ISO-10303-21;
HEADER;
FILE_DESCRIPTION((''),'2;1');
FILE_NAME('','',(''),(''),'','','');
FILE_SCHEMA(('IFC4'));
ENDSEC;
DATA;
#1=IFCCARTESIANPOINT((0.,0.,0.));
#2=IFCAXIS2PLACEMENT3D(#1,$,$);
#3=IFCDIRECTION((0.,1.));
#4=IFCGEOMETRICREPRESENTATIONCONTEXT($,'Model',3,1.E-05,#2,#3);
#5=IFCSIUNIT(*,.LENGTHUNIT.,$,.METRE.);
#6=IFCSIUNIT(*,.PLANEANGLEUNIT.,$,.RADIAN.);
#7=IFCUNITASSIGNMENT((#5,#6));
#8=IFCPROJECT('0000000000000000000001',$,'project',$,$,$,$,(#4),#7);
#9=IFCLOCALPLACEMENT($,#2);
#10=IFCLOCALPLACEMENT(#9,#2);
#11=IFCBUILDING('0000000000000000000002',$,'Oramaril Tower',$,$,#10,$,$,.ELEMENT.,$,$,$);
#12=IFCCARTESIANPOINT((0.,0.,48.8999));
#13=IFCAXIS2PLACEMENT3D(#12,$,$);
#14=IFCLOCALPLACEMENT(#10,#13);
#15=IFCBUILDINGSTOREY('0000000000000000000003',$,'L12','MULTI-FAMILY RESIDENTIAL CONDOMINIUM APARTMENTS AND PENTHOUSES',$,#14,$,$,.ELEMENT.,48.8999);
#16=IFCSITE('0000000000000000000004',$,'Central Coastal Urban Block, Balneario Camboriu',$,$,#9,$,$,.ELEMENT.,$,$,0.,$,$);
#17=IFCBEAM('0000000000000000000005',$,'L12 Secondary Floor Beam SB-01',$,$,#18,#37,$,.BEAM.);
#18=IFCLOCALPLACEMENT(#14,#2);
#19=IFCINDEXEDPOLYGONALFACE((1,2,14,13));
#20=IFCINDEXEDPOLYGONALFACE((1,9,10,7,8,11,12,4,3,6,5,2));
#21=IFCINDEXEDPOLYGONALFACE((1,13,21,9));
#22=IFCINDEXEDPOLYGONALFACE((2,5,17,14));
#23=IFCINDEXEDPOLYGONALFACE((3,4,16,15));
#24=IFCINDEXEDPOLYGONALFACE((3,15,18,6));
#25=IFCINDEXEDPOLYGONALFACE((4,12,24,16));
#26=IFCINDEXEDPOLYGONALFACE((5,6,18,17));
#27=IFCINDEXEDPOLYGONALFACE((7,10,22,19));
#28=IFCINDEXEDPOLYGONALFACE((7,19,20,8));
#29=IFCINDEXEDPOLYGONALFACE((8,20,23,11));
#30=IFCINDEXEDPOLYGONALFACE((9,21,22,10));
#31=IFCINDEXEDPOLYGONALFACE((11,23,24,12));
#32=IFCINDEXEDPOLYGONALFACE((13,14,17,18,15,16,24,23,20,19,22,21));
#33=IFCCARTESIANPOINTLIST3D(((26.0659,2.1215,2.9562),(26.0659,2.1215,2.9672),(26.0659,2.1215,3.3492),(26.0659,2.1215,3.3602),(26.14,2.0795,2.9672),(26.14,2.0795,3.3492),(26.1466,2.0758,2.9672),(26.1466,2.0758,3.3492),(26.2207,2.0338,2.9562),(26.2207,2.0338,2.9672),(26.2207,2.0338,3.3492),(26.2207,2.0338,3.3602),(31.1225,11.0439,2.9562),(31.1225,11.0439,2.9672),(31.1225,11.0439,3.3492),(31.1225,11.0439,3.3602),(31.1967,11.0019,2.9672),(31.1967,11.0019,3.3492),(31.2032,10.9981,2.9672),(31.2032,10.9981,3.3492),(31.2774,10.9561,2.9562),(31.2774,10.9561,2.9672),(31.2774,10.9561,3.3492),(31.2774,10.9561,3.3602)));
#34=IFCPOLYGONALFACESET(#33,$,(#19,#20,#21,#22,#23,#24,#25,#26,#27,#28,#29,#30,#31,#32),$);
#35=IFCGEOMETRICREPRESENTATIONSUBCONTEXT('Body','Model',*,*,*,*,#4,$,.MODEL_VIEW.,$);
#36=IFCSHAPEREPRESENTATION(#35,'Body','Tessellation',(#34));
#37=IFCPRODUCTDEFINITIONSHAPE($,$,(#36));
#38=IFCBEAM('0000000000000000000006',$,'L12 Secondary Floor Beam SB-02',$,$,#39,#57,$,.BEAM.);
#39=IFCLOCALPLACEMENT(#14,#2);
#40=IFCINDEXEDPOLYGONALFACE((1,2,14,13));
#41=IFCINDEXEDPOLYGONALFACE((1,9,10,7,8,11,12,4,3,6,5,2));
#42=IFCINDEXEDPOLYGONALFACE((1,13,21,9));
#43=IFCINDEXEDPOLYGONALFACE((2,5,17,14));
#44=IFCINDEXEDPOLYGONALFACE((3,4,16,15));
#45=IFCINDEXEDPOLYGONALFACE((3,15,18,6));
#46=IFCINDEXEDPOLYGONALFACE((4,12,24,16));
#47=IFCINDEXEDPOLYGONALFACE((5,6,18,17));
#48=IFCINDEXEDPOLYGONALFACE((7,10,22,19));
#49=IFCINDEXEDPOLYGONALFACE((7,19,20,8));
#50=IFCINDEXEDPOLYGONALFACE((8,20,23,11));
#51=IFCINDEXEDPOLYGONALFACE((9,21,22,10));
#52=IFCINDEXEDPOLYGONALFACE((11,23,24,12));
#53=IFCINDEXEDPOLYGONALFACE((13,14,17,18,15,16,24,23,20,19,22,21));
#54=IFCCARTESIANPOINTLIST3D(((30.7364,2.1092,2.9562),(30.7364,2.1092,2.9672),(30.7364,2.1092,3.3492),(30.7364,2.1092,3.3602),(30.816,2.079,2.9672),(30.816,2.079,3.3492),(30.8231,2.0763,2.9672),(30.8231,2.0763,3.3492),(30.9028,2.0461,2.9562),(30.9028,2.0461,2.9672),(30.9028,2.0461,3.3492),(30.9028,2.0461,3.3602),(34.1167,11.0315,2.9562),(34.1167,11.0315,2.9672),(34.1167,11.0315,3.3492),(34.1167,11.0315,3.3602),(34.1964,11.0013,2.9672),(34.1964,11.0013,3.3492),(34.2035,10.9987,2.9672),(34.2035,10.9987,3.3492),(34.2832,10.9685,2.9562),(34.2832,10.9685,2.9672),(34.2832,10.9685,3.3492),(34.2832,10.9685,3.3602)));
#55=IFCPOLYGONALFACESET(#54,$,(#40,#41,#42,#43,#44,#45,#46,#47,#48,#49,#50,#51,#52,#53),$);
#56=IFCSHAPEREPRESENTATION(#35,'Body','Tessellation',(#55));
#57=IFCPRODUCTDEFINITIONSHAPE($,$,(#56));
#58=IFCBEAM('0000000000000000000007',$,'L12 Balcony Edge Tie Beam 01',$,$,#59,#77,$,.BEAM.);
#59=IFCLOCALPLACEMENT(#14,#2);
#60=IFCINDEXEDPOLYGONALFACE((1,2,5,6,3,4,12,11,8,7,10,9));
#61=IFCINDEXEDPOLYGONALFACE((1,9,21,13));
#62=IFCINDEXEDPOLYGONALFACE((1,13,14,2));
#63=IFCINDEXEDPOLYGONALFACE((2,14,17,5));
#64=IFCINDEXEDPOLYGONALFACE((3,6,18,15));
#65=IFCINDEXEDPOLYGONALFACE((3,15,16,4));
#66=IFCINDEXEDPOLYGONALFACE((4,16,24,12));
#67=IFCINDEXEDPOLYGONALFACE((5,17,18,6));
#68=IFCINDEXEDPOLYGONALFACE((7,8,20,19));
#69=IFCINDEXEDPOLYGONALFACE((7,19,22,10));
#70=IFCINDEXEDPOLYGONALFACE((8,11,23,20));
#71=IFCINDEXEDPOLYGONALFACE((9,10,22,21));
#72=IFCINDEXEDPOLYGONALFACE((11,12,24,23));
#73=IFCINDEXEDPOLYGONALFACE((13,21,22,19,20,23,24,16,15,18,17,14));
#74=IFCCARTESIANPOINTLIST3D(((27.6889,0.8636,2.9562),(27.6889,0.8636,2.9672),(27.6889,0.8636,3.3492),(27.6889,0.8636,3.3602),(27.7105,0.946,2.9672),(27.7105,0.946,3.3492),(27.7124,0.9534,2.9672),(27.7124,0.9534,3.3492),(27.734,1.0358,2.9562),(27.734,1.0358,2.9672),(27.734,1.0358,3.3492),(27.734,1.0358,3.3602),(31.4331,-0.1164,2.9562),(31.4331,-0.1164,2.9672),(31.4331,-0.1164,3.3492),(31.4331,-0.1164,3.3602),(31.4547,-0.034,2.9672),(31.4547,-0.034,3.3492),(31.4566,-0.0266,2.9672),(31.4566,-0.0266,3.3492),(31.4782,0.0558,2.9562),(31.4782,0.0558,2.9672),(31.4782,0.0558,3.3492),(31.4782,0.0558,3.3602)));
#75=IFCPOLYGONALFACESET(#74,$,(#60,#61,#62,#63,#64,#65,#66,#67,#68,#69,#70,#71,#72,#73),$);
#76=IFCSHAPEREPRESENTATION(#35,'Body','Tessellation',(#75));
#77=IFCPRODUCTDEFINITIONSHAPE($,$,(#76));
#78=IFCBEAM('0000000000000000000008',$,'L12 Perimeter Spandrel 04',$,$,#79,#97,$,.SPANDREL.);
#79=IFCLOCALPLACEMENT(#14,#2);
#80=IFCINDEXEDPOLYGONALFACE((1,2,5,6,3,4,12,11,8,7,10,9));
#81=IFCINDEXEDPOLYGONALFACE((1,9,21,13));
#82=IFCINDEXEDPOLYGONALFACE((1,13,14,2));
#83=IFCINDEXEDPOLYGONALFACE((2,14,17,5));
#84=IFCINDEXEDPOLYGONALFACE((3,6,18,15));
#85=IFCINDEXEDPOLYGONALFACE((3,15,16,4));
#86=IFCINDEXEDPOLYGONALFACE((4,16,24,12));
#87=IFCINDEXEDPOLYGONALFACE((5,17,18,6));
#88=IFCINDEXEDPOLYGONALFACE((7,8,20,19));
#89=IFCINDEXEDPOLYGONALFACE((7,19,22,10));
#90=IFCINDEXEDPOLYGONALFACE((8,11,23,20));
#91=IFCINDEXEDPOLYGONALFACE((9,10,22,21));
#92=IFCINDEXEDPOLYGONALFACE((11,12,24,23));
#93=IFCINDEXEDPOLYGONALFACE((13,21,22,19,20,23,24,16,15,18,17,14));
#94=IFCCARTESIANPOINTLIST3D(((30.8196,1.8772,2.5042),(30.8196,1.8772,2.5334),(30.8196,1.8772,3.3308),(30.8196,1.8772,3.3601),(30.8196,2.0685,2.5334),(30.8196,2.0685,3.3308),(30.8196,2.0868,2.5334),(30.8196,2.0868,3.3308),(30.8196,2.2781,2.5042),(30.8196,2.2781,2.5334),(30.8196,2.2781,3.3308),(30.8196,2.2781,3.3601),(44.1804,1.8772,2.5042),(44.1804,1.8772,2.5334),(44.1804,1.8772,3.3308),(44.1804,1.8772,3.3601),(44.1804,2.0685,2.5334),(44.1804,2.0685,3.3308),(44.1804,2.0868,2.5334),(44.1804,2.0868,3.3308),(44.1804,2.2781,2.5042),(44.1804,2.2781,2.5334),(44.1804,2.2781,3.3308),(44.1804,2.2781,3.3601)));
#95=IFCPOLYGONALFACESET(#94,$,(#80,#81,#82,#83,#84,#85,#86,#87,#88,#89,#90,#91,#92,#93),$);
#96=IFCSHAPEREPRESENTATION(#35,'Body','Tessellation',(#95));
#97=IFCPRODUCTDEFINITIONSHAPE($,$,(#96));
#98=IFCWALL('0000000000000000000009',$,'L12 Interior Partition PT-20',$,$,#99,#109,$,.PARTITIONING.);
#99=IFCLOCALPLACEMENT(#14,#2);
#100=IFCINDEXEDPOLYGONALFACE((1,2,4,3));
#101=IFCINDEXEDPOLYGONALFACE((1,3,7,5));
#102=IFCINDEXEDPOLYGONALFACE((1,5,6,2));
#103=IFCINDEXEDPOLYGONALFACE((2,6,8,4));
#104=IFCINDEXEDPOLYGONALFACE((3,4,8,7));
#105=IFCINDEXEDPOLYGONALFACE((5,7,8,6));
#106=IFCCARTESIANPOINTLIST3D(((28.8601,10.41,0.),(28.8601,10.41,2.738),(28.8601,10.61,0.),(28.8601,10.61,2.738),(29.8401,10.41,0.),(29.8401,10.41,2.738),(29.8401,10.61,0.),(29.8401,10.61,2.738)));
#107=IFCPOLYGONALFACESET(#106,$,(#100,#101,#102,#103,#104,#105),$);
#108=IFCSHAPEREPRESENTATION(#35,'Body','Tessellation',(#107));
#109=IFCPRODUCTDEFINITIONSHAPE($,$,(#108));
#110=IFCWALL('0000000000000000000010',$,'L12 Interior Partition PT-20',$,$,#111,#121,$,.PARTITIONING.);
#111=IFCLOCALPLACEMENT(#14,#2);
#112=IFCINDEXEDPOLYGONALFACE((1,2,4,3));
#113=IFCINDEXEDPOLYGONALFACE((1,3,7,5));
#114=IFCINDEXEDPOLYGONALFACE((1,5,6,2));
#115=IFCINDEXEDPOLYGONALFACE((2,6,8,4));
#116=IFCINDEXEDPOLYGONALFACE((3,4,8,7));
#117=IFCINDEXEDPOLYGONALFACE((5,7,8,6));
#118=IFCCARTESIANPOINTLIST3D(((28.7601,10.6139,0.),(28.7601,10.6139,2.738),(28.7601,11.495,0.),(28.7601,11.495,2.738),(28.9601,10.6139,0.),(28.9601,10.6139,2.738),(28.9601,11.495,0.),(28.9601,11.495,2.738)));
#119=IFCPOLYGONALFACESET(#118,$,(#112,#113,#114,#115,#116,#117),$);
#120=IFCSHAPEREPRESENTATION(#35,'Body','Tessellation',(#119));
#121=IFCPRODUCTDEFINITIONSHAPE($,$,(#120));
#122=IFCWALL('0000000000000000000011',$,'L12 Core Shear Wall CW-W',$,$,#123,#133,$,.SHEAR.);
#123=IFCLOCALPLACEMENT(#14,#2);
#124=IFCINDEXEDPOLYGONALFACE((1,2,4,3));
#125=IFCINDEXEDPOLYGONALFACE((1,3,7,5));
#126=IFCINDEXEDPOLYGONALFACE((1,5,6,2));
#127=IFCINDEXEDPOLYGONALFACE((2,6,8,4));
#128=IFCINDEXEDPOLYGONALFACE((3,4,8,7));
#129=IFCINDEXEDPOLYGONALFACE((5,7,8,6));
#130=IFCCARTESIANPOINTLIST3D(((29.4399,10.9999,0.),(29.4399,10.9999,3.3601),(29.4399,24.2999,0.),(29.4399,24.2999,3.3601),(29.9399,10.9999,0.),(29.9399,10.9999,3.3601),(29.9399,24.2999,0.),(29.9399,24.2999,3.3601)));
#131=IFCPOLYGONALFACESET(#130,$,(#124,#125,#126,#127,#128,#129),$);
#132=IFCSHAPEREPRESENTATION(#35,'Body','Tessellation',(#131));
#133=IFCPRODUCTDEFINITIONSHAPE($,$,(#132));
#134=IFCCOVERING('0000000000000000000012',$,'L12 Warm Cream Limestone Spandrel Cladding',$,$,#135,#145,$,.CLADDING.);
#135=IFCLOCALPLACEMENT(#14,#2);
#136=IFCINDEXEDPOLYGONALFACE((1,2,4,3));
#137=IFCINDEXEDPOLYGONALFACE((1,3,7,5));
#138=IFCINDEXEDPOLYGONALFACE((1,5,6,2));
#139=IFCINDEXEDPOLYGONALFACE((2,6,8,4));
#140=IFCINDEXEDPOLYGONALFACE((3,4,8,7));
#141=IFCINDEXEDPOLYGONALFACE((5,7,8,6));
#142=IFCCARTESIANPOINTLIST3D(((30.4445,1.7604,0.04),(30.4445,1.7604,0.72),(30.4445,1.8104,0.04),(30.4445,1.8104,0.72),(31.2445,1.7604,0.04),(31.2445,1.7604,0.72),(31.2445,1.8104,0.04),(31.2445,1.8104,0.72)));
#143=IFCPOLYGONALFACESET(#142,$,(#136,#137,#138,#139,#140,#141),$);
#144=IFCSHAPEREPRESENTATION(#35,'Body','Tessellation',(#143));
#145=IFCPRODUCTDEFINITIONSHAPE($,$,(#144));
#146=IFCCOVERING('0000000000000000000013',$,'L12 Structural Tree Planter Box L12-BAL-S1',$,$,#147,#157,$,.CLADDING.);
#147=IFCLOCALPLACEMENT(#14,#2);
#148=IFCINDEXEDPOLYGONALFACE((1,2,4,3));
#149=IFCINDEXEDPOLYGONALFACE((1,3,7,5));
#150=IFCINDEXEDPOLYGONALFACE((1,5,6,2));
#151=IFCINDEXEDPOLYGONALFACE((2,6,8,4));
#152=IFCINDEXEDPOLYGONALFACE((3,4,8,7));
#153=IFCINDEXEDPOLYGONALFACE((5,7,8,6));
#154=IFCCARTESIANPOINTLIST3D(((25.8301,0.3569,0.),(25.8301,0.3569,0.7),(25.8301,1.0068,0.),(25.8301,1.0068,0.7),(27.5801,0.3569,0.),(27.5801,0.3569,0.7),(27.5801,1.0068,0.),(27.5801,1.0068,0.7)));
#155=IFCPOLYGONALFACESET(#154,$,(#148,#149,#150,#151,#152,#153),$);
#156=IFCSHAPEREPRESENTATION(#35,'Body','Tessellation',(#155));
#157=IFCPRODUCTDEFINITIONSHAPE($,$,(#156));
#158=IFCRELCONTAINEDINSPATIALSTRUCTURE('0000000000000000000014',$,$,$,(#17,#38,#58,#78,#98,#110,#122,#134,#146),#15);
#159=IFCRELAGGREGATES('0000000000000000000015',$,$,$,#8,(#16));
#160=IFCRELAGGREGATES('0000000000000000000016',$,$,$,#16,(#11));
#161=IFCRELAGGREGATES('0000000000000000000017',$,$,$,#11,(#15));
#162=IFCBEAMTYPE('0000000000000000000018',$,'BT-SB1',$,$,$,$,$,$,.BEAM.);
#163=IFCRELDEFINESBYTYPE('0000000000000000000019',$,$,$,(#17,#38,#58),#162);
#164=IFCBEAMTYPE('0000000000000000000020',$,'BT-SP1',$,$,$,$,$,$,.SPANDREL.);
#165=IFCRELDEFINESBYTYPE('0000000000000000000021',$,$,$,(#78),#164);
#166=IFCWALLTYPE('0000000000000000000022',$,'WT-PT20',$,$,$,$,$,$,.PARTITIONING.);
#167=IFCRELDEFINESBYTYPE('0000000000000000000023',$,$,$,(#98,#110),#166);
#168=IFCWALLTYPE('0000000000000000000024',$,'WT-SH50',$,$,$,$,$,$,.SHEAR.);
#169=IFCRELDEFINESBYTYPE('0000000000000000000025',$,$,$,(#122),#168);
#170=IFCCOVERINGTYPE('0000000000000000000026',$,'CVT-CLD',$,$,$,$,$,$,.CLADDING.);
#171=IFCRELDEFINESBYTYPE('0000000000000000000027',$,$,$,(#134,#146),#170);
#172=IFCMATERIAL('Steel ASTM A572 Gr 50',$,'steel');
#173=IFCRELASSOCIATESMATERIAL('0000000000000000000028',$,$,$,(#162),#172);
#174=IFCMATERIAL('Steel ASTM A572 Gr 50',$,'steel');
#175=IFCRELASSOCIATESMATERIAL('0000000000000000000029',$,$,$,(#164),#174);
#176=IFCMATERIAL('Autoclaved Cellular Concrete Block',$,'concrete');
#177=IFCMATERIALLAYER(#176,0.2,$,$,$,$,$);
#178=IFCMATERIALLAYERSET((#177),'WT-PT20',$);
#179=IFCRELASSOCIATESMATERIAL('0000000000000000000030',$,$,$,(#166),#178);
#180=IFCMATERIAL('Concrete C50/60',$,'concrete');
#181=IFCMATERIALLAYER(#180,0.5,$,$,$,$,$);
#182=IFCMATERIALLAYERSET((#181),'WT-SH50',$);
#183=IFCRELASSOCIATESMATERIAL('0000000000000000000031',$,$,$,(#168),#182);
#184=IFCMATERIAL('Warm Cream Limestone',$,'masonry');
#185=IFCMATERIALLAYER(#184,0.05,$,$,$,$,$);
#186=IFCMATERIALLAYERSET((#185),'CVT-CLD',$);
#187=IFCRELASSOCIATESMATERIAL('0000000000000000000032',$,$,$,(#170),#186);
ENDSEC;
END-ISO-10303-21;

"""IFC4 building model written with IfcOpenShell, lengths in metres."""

from ifc_helpers import new_model, si_unit, direction, frame, frame_2d, origin, origin_2d, place, context, subcontext, project, spatial, rectangle, i_section, extrude, material, layer, layer_set, material_profile, profile_set, type_object, element, save


model = new_model("IFC4")

# Units and contexts
model_context = context("Model", 3, precision=1e-05, world=origin(), true_north=direction((0.0, 1.0)))
body_context = subcontext(model_context, "Body", "Model", "MODEL_VIEW")
ifc_project = project(units=[si_unit("LENGTHUNIT", "METRE"), si_unit("PLANEANGLEUNIT", "RADIAN")], contexts=[model_context])

# Site, building, storey
site_placement = place(None, origin())
site = spatial("IfcSite", under=ifc_project, at=site_placement, Name="Central Coastal Urban Block, Balneario Camboriu", CompositionType="ELEMENT", RefElevation=0.0)
building_placement = place(site_placement, origin())
building = spatial("IfcBuilding", under=site, at=building_placement, Name="Oramaril Tower", CompositionType="ELEMENT")
storey_placement = place(building_placement, frame((0.0, 0.0, 48.8999)))
storey = spatial("IfcBuildingStorey", under=building, at=storey_placement, Name="L12", Description="MULTI-FAMILY RESIDENTIAL CONDOMINIUM APARTMENTS AND PENTHOUSES", CompositionType="ELEMENT", Elevation=48.8999)

# Beams
ifc_material_1 = material(Name="Steel ASTM A572 Gr 50", Category="steel")
ifc_material_profile_1 = material_profile(ifc_material_1, i_section(OverallWidth=0.178, OverallDepth=0.4041, WebThickness=0.0076, FlangeThickness=0.011, at=origin_2d()), Name="W16X36")
ifc_profile_set_1 = profile_set([ifc_material_profile_1], Name="Steel ASTM A572 Gr 50")
beam_type_1 = type_object("IfcBeamType", Name="BT-SB1", PredefinedType="BEAM", material=ifc_profile_set_1)
beam_1_placement = place(storey_placement, frame((31.2, 11.0, 3.1582), z_axis=(-0.493059, -0.869996, 0.0), x_axis=(0.869996, -0.493059, 0.0)))
element("IfcBeam", 1, at=beam_1_placement, inside=storey, type_object=beam_type_1, Name="L12 Secondary Floor Beam SB-01", PredefinedType="BEAM", context=body_context, shape_type="SweptSolid", body=[
    extrude(i_section(OverallWidth=0.178, OverallDepth=0.4041, WebThickness=0.0076, FlangeThickness=0.011, at=origin_2d()), origin(), (0.0, 0.0, 1.0), 10.2556),
])
beam_2_placement = place(storey_placement, frame((34.2, 11.0, 3.1582), z_axis=(-0.35429, -0.935136, 0.0), x_axis=(0.935136, -0.35429, 0.0)))
element("IfcBeam", 2, at=beam_2_placement, inside=storey, type_object=beam_type_1, Name="L12 Secondary Floor Beam SB-02", PredefinedType="BEAM", context=body_context, shape_type="SweptSolid", body=[
    extrude(i_section(OverallWidth=0.178, OverallDepth=0.4041, WebThickness=0.0076, FlangeThickness=0.011, at=origin_2d()), origin(), (0.0, 0.0, 1.0), 9.5413),
])
beam_3_placement = place(storey_placement, frame((27.7114, 0.9497, 3.1582), z_axis=(0.967412, -0.253208, 0.0), x_axis=(0.253208, 0.967412, 0.0)))
element("IfcBeam", 3, at=beam_3_placement, inside=storey, type_object=beam_type_1, Name="L12 Balcony Edge Tie Beam 01", PredefinedType="BEAM", context=body_context, shape_type="SweptSolid", body=[
    extrude(i_section(OverallWidth=0.178, OverallDepth=0.4041, WebThickness=0.0076, FlangeThickness=0.011, at=origin_2d()), origin(), (0.0, 0.0, 1.0), 3.8704),
])
ifc_material_2 = material(Name="Steel ASTM A572 Gr 50", Category="steel")
ifc_material_profile_2 = material_profile(ifc_material_2, i_section(OverallWidth=0.4009, OverallDepth=0.856, WebThickness=0.0183, FlangeThickness=0.0293, at=origin_2d()), Name="W33X201")
ifc_profile_set_2 = profile_set([ifc_material_profile_2], Name="Steel ASTM A572 Gr 50")
beam_type_2 = type_object("IfcBeamType", Name="BT-SP1", PredefinedType="SPANDREL", material=ifc_profile_set_2)
beam_4_placement = place(storey_placement, frame((30.8196, 2.0776, 2.9321), z_axis=(1.0, 0.0, 0.0), x_axis=(0.0, 1.0, 0.0)))
element("IfcBeam", 4, at=beam_4_placement, inside=storey, type_object=beam_type_2, Name="L12 Perimeter Spandrel 04", PredefinedType="SPANDREL", context=body_context, shape_type="SweptSolid", body=[
    extrude(i_section(OverallWidth=0.4009, OverallDepth=0.856, WebThickness=0.0183, FlangeThickness=0.0293, at=origin_2d()), origin(), (0.0, 0.0, 1.0), 13.3608),
])

# Walls
ifc_material_3 = material(Name="Autoclaved Cellular Concrete Block", Category="concrete")
ifc_layer_1 = layer(ifc_material_3, 0.2)
ifc_layer_set_1 = layer_set([ifc_layer_1], Name="WT-PT20")
wall_type_1 = type_object("IfcWallType", Name="WT-PT20", PredefinedType="PARTITIONING", material=ifc_layer_set_1)
wall_1_placement = place(storey_placement, frame((28.8601, 10.51, 0.0), z_axis=(0.0, 0.0, 1.0), x_axis=(1.0, 0.0, 0.0)))
element("IfcWall", 5, at=wall_1_placement, inside=storey, type_object=wall_type_1, Name="L12 Interior Partition PT-20", PredefinedType="PARTITIONING", context=body_context, shape_type="SweptSolid", body=[
    extrude(rectangle(XDim=0.98, YDim=0.2, at=frame_2d((0.49, 0.0))), origin(), (0.0, 0.0, 1.0), 2.738),
])
wall_2_placement = place(storey_placement, frame((28.8601, 10.614, 0.0), z_axis=(0.0, 0.0, 1.0), x_axis=(0.0, 1.0, 0.0)))
element("IfcWall", 6, at=wall_2_placement, inside=storey, type_object=wall_type_1, Name="L12 Interior Partition PT-20", PredefinedType="PARTITIONING", context=body_context, shape_type="SweptSolid", body=[
    extrude(rectangle(XDim=0.8811, YDim=0.2, at=frame_2d((0.4404, 0.0))), origin(), (0.0, 0.0, 1.0), 2.738),
])
ifc_material_4 = material(Name="Concrete C50/60", Category="concrete")
ifc_layer_2 = layer(ifc_material_4, 0.5)
ifc_layer_set_2 = layer_set([ifc_layer_2], Name="WT-SH50")
wall_type_2 = type_object("IfcWallType", Name="WT-SH50", PredefinedType="SHEAR", material=ifc_layer_set_2)
wall_3_placement = place(storey_placement, frame((29.6899, 11.0, 0.0), z_axis=(0.0, 0.0, 1.0), x_axis=(0.0, 1.0, 0.0)))
element("IfcWall", 7, at=wall_3_placement, inside=storey, type_object=wall_type_2, Name="L12 Core Shear Wall CW-W", PredefinedType="SHEAR", context=body_context, shape_type="SweptSolid", body=[
    extrude(rectangle(XDim=13.3, YDim=0.5, at=frame_2d((6.6499, 0.0))), origin(), (0.0, 0.0, 1.0), 3.3601),
])

# Coverings
ifc_material_5 = material(Name="Warm Cream Limestone", Category="masonry")
ifc_layer_3 = layer(ifc_material_5, 0.05)
ifc_layer_set_3 = layer_set([ifc_layer_3], Name="CVT-CLD")
covering_type = type_object("IfcCoveringType", Name="CVT-CLD", PredefinedType="CLADDING", material=ifc_layer_set_3)
covering_1_placement = place(storey_placement, frame((30.8445, 1.7854, 0.04), z_axis=(0.0, 0.0, 1.0), x_axis=(1.0, 0.0, 0.0)))
element("IfcCovering", 8, at=covering_1_placement, inside=storey, type_object=covering_type, Name="L12 Warm Cream Limestone Spandrel Cladding", PredefinedType="CLADDING", context=body_context, shape_type="SweptSolid", body=[
    extrude(rectangle(XDim=0.8, YDim=0.05, at=origin_2d()), origin(), (0.0, 0.0, 1.0), 0.6799),
])
covering_2_placement = place(storey_placement, frame((26.7051, 0.6819, 0.0), z_axis=(0.0, 0.0, 1.0), x_axis=(1.0, 0.0, 0.0)))
element("IfcCovering", 9, at=covering_2_placement, inside=storey, type_object=covering_type, Name="L12 Structural Tree Planter Box L12-BAL-S1", PredefinedType="CLADDING", context=body_context, shape_type="SweptSolid", body=[
    extrude(rectangle(XDim=1.75, YDim=0.6499, at=origin_2d()), origin(), (0.0, 0.0, 1.0), 0.7),
])

save(model, "model.ifc")
